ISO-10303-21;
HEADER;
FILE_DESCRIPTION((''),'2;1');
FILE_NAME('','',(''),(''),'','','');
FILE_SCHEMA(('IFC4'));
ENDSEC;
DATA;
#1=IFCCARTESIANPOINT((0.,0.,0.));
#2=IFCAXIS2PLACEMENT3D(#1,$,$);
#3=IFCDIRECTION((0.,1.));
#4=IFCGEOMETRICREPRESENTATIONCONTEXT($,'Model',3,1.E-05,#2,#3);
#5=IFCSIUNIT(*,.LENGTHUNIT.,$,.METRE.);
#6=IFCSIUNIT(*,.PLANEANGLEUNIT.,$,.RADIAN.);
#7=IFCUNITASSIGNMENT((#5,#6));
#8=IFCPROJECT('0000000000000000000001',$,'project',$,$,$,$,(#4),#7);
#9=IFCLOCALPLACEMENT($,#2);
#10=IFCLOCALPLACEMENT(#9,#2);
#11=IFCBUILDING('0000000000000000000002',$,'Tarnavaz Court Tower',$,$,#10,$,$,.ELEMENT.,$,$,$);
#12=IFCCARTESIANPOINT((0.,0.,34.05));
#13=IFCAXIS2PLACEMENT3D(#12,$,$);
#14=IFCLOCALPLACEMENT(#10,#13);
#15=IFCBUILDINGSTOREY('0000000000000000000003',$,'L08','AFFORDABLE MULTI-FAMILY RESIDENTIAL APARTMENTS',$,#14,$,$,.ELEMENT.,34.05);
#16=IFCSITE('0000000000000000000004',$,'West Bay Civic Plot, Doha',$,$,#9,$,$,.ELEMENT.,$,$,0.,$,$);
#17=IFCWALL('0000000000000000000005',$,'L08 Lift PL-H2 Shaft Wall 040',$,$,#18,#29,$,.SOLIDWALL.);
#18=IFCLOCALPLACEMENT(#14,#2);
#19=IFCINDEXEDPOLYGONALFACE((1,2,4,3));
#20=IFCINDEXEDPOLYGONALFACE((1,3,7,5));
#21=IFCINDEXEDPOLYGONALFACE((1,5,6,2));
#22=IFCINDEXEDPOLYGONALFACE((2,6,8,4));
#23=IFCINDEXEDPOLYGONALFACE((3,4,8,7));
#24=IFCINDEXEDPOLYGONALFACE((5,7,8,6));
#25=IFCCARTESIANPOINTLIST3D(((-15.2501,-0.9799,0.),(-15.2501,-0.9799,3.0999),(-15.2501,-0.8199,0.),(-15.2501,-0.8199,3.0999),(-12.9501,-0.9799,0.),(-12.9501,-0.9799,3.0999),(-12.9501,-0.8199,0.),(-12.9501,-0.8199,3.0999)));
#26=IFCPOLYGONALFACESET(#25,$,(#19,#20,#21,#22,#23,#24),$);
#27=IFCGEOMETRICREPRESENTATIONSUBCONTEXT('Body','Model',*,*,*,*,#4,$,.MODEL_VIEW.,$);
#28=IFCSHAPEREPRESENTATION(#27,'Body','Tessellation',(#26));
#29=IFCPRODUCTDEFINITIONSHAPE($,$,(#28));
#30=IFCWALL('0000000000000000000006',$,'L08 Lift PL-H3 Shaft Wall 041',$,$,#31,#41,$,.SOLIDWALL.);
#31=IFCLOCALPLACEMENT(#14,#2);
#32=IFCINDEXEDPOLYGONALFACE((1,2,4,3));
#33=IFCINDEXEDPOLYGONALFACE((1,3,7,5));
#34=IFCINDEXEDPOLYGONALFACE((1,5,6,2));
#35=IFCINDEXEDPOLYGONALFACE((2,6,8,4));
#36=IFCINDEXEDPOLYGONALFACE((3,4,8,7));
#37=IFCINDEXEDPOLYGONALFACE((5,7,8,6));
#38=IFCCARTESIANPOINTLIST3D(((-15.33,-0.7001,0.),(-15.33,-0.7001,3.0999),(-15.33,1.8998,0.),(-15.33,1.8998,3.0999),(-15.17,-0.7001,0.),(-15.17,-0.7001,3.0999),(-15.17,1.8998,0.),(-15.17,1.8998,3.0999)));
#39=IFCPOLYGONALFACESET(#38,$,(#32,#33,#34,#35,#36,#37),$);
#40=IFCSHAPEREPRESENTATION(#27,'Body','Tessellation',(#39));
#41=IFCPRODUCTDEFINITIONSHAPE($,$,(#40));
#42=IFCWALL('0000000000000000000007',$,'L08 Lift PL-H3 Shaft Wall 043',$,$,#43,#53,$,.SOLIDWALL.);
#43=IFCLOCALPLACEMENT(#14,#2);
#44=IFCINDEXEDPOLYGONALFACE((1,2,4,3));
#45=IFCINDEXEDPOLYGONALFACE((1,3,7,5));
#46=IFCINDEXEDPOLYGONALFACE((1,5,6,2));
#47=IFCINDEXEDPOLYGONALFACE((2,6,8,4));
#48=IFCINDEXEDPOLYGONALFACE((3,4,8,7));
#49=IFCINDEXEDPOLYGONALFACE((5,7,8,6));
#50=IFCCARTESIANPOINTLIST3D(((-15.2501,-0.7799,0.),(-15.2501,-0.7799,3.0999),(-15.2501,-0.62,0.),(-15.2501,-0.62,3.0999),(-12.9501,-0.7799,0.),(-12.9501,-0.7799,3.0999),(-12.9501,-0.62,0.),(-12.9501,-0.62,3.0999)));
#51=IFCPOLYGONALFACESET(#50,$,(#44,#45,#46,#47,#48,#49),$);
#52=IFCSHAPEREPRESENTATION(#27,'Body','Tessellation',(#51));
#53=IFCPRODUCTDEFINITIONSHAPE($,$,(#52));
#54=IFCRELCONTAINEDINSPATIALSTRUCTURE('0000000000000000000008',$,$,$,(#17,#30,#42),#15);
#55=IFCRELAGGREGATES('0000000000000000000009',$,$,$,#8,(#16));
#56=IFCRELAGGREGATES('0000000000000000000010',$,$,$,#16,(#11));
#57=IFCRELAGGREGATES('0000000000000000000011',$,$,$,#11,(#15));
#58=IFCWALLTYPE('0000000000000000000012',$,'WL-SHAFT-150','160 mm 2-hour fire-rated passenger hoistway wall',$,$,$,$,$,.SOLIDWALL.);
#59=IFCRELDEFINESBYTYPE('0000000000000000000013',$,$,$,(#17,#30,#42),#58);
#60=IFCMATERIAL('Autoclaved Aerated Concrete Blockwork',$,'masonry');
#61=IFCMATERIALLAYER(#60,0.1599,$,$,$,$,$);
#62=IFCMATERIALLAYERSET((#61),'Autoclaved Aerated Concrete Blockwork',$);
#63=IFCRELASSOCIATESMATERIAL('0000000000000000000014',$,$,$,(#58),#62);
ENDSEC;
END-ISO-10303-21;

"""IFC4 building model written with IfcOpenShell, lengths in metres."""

from ifc_helpers import new_model, si_unit, direction, frame, frame_2d, origin, place, context, subcontext, project, spatial, rectangle, extrude, material, layer, layer_set, type_object, element, save


model = new_model("IFC4")

# Units and contexts
model_context = context("Model", 3, precision=1e-05, world=origin(), true_north=direction((0.0, 1.0)))
body_context = subcontext(model_context, "Body", "Model", "MODEL_VIEW")
ifc_project = project(units=[si_unit("LENGTHUNIT", "METRE"), si_unit("PLANEANGLEUNIT", "RADIAN")], contexts=[model_context])

# Site, building, storey
site_placement = place(None, origin())
site = spatial("IfcSite", under=ifc_project, at=site_placement, Name="West Bay Civic Plot, Doha", CompositionType="ELEMENT", RefElevation=0.0)
building_placement = place(site_placement, origin())
building = spatial("IfcBuilding", under=site, at=building_placement, Name="Tarnavaz Court Tower", CompositionType="ELEMENT")
storey_placement = place(building_placement, frame((0.0, 0.0, 34.05)))
storey = spatial("IfcBuildingStorey", under=building, at=storey_placement, Name="L08", Description="AFFORDABLE MULTI-FAMILY RESIDENTIAL APARTMENTS", CompositionType="ELEMENT", Elevation=34.05)

# Walls
ifc_material_1 = material(Name="Autoclaved Aerated Concrete Blockwork", Category="masonry")
ifc_layer_1 = layer(ifc_material_1, 0.1599)
ifc_layer_set_1 = layer_set([ifc_layer_1], Name="Autoclaved Aerated Concrete Blockwork")
wall_type_1 = type_object("IfcWallType", Name="WL-SHAFT-150", Description="160 mm 2-hour fire-rated passenger hoistway wall", PredefinedType="SOLIDWALL", material=ifc_layer_set_1)
for number, where, z_axis, x_axis, name in (
    (1, (-15.25, -0.8999, 0.0), (0.0, 0.0, 1.0), (1.0, 0.0, 0.0), "L08 Lift PL-H2 Shaft Wall 040"),
):
    element("IfcWall", number, at=place(storey_placement, frame(where, z_axis=z_axis, x_axis=x_axis)), inside=storey, type_object=wall_type_1, Name=name, PredefinedType="SOLIDWALL", context=body_context, shape_type="SweptSolid", body=[
        extrude(rectangle(XDim=2.3, YDim=0.1599, at=frame_2d((1.1499, 0.0))), origin(), (0.0, 0.0, 1.0), 3.0999),
    ])
wall_1_placement = place(storey_placement, frame((-15.25, -0.7, 0.0), z_axis=(0.0, 0.0, 1.0), x_axis=(0.0, 1.0, 0.0)))
element("IfcWall", 2, at=wall_1_placement, inside=storey, type_object=wall_type_1, Name="L08 Lift PL-H3 Shaft Wall 041", PredefinedType="SOLIDWALL", context=body_context, shape_type="SweptSolid", body=[
    extrude(rectangle(XDim=2.5999, YDim=0.1599, at=frame_2d((1.2998, 0.0))), origin(), (0.0, 0.0, 1.0), 3.0999),
])
wall_2_placement = place(storey_placement, frame((-15.25, -0.7, 0.0), z_axis=(0.0, 0.0, 1.0), x_axis=(1.0, 0.0, 0.0)))
element("IfcWall", 3, at=wall_2_placement, inside=storey, type_object=wall_type_1, Name="L08 Lift PL-H3 Shaft Wall 043", PredefinedType="SOLIDWALL", context=body_context, shape_type="SweptSolid", body=[
    extrude(rectangle(XDim=2.3, YDim=0.1599, at=frame_2d((1.1499, 0.0))), origin(), (0.0, 0.0, 1.0), 3.0999),
])

save(model, "model.ifc")
